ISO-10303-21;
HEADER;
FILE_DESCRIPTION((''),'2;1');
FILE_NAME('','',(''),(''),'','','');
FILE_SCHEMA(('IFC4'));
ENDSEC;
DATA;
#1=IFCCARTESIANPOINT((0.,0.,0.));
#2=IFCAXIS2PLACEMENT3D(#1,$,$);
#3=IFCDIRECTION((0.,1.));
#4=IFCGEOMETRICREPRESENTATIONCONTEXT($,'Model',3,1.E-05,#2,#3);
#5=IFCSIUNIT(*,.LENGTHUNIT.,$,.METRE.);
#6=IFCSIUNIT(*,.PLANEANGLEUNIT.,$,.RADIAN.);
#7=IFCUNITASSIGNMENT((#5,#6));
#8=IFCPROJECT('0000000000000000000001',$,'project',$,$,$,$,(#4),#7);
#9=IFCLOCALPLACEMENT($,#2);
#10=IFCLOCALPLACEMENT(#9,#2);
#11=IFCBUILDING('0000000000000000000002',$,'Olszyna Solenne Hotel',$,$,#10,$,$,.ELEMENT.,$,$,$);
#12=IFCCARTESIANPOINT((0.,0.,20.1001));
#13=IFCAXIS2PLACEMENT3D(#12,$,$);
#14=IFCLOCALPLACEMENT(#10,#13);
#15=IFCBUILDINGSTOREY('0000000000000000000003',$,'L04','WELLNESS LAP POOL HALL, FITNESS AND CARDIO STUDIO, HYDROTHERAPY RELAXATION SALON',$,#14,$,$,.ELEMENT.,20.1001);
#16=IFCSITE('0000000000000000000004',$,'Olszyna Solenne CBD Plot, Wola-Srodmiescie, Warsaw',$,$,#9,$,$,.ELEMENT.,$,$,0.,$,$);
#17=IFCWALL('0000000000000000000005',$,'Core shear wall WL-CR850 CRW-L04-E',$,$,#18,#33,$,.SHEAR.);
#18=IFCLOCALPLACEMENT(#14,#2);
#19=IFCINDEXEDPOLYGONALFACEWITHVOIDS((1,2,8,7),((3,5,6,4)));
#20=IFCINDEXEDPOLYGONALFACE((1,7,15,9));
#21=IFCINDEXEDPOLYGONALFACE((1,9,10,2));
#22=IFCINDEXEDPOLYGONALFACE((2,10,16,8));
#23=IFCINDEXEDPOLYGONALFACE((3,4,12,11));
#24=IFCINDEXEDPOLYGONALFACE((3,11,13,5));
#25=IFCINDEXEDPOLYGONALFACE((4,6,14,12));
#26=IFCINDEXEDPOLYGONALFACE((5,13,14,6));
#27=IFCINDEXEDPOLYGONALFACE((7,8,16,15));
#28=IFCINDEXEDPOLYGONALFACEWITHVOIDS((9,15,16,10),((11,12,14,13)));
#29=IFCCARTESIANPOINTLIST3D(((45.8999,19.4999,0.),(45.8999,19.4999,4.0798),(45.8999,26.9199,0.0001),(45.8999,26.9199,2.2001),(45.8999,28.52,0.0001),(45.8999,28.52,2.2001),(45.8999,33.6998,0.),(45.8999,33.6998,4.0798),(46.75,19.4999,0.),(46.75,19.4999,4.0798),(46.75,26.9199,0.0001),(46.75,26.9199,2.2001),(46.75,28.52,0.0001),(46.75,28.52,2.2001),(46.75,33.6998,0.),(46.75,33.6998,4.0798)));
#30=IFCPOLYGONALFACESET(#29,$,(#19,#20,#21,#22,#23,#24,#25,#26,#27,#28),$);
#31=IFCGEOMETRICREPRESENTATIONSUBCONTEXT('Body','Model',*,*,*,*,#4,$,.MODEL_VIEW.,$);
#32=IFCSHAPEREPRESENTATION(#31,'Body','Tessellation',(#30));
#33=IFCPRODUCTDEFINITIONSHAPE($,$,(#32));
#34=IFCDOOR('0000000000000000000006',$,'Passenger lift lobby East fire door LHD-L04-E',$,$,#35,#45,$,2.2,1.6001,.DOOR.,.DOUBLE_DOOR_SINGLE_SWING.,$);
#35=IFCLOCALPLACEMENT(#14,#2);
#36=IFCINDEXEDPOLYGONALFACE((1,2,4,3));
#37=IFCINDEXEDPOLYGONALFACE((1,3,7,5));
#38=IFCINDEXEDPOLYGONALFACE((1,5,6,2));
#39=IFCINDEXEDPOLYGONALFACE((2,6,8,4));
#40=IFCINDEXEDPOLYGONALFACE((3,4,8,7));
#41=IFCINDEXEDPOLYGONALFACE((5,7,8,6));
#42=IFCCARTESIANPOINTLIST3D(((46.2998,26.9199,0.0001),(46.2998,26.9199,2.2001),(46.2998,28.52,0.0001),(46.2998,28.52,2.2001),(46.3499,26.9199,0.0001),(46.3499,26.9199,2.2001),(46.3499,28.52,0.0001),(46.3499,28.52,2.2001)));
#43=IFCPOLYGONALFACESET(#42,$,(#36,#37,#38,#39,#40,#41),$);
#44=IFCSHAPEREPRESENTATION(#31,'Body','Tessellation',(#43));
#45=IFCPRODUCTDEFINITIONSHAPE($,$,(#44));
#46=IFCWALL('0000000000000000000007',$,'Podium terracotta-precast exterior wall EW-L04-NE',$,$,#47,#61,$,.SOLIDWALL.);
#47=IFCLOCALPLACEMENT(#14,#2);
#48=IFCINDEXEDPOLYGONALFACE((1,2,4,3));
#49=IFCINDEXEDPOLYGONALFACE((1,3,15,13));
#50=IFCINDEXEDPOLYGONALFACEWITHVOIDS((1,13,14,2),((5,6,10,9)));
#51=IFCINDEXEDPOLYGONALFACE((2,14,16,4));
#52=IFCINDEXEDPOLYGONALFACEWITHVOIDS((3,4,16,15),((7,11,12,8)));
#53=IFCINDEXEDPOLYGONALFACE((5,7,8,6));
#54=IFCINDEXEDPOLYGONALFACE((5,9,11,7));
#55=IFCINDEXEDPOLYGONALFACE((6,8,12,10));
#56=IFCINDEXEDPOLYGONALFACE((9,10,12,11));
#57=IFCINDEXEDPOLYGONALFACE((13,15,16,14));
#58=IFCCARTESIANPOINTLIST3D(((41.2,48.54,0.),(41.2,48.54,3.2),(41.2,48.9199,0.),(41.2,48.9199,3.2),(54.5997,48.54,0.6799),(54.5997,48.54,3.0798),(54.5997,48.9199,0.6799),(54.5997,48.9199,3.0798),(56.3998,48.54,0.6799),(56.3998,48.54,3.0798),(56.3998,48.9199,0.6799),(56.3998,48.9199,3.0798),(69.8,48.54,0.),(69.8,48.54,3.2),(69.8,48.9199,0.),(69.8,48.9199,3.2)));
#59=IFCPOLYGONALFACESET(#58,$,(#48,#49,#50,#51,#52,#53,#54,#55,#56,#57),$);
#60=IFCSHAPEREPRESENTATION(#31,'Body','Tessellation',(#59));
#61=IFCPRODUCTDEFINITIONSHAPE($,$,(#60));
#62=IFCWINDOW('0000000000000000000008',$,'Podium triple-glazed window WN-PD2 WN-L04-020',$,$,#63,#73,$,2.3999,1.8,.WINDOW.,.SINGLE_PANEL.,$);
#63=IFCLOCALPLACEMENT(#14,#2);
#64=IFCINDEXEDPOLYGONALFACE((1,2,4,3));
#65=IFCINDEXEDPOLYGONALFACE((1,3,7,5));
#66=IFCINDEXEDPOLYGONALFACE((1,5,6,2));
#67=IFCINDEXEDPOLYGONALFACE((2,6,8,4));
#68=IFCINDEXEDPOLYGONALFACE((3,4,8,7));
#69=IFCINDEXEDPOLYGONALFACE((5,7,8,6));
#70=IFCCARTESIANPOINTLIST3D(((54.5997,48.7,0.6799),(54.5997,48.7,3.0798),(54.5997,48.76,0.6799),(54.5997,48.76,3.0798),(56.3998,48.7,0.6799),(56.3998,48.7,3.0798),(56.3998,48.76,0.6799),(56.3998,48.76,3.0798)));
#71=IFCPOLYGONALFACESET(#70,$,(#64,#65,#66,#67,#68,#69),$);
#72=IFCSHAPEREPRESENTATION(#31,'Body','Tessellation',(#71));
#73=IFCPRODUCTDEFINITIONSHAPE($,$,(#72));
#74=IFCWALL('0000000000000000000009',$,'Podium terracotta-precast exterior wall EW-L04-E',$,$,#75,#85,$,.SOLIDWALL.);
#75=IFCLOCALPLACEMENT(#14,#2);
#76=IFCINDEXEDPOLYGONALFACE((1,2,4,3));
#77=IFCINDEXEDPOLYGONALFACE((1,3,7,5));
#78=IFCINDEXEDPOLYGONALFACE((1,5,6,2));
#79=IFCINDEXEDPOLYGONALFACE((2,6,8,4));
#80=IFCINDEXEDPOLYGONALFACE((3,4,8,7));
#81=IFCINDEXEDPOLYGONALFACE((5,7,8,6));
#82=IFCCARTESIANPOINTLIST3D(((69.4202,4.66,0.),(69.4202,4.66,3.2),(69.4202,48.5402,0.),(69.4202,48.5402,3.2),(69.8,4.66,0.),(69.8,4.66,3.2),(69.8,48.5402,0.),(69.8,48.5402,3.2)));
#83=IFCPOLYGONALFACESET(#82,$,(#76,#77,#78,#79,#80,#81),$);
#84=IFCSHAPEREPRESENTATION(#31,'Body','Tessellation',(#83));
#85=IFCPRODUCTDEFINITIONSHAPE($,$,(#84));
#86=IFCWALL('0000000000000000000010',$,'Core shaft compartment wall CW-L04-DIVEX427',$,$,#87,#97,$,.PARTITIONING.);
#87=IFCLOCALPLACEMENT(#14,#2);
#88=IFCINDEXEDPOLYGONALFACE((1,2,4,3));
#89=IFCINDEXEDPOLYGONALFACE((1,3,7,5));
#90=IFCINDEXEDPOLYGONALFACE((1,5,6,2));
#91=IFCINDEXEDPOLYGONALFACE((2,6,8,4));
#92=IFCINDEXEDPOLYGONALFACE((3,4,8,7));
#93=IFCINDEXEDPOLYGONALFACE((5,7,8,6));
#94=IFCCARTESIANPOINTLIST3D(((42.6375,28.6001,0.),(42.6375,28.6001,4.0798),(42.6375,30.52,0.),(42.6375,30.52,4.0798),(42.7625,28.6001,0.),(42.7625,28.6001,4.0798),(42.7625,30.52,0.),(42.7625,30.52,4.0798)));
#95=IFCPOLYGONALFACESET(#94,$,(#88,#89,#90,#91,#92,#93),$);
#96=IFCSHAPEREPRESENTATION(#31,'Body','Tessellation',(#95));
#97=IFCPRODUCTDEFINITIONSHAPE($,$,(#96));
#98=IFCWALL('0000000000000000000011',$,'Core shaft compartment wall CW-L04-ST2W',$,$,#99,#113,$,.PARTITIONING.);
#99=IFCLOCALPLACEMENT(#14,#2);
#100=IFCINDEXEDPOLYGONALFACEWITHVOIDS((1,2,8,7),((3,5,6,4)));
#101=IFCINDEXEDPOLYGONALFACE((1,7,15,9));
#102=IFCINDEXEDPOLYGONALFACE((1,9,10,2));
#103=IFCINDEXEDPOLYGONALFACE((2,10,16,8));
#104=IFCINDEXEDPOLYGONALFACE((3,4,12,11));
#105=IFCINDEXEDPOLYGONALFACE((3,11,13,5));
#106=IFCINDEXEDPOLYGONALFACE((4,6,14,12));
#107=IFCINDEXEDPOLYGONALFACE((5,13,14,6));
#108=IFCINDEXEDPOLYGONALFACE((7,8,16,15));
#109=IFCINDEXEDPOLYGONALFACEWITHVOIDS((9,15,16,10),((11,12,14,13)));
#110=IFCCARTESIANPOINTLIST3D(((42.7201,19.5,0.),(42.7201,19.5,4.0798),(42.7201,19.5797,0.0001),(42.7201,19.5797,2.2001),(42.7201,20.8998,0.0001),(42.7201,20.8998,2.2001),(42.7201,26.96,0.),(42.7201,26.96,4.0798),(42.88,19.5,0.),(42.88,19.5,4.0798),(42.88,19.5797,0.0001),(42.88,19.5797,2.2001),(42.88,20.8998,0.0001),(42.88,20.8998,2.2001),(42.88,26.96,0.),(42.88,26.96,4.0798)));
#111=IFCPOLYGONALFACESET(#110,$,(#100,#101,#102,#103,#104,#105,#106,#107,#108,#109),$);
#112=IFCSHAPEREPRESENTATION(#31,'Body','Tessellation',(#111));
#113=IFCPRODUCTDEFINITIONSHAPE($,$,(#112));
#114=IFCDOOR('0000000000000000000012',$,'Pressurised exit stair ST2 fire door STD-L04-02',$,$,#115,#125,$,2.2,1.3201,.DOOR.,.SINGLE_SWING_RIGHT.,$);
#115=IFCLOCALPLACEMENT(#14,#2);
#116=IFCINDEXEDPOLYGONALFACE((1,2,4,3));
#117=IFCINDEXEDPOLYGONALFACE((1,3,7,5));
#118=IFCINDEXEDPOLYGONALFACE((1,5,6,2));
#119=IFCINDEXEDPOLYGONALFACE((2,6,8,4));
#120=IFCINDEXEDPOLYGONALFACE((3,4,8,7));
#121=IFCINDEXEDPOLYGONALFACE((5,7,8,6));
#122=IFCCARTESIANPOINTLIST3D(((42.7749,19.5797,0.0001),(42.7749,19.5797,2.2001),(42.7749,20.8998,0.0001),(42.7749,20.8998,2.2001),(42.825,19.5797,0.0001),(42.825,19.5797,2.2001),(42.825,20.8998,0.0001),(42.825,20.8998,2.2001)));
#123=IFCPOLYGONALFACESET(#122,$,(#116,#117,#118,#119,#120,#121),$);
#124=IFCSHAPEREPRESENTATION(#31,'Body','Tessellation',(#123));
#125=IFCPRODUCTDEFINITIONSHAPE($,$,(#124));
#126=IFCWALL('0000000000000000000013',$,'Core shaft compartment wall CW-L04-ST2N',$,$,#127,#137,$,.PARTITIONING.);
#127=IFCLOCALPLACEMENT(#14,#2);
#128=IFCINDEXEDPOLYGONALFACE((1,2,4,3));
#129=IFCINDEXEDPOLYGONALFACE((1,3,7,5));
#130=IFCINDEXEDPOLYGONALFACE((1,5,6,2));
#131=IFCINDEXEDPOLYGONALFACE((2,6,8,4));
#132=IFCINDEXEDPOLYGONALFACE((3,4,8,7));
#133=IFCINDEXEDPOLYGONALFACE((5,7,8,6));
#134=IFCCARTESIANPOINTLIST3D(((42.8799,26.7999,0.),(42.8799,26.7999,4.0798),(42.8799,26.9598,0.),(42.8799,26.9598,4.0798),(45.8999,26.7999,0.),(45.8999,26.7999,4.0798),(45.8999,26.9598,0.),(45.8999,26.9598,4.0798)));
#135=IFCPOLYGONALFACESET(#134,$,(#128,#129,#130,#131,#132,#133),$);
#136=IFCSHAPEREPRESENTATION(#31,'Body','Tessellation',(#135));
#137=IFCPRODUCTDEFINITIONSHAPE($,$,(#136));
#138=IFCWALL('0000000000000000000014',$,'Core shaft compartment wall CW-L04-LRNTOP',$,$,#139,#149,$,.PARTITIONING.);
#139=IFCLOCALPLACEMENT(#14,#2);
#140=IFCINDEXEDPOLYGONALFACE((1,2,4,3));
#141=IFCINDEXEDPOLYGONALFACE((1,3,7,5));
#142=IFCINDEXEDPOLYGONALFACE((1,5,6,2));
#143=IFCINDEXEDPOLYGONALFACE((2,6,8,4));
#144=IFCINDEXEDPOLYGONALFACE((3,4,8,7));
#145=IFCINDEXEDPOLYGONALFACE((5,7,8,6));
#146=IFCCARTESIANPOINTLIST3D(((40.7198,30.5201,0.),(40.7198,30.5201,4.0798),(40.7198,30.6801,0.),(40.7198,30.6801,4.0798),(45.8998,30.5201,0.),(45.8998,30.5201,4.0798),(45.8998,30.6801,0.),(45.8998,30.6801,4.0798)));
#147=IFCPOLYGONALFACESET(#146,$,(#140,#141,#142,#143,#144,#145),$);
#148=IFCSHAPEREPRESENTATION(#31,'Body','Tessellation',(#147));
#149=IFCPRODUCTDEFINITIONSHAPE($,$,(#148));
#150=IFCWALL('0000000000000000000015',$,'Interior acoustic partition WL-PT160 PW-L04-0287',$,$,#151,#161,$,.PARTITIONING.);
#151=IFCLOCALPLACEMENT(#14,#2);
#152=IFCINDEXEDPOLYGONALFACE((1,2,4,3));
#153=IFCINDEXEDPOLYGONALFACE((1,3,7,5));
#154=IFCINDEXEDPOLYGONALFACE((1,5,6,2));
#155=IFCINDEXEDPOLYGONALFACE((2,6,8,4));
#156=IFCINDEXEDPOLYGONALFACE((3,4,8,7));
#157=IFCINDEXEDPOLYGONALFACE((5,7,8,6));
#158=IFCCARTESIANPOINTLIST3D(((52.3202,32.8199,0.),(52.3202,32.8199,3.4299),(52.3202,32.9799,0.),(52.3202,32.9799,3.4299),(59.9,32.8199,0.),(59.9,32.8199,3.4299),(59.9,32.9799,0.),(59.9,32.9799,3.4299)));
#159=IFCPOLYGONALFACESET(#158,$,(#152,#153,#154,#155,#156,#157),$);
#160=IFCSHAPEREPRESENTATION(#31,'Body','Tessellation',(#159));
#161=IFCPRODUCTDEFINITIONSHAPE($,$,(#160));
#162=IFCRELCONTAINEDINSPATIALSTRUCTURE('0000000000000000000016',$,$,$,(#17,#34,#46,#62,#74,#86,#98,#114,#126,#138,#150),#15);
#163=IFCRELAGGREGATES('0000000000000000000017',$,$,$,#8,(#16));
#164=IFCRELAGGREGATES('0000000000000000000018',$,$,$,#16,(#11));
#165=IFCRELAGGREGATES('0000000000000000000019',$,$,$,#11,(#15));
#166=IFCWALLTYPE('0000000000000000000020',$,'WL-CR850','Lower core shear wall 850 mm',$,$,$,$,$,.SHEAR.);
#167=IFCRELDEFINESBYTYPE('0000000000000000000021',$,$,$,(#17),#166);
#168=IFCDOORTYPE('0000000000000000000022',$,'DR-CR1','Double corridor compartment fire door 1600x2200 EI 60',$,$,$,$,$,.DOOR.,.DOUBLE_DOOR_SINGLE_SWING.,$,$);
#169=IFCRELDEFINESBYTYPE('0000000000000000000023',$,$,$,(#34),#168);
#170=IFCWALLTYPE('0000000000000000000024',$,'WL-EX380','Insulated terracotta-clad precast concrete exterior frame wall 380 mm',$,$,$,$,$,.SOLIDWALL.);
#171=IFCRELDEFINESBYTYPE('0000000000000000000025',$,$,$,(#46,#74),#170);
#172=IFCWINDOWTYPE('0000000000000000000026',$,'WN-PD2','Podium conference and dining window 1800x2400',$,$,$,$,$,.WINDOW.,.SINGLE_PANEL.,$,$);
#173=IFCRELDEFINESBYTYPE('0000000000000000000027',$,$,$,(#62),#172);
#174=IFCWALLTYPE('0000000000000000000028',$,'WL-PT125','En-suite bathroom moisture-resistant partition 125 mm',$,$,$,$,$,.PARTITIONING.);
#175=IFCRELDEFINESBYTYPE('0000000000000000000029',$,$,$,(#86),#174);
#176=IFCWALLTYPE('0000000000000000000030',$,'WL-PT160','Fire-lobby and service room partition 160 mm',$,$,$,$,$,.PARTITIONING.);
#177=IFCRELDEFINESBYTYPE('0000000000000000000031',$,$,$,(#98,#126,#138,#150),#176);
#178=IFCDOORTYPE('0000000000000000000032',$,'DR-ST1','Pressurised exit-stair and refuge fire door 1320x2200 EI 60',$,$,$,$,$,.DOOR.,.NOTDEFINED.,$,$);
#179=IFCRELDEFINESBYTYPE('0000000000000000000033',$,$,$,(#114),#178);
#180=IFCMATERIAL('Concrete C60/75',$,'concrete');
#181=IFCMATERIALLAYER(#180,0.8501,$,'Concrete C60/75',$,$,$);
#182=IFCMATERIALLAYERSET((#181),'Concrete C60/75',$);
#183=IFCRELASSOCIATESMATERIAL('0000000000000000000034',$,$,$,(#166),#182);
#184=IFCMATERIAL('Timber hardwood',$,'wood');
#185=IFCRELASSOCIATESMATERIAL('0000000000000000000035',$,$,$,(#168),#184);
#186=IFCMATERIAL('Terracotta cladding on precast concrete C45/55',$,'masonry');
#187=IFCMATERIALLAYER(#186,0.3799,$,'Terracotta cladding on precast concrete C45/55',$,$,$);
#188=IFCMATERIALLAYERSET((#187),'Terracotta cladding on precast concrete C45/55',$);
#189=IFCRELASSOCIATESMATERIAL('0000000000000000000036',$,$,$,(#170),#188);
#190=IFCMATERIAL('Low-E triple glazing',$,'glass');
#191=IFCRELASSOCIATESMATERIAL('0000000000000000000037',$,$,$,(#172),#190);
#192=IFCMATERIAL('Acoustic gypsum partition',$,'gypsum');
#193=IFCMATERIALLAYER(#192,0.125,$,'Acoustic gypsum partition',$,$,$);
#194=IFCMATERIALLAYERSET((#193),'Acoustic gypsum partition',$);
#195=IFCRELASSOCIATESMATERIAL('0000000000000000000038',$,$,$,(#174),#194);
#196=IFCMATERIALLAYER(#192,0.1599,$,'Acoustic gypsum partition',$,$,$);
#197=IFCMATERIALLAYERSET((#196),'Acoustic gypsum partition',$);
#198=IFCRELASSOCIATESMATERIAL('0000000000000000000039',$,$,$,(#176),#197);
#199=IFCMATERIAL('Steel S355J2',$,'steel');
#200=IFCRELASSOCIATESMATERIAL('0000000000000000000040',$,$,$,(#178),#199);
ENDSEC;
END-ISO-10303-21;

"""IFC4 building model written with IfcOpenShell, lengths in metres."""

from ifc_helpers import new_model, si_unit, direction, frame, frame_2d, origin, place, context, subcontext, project, spatial, rectangle, extrude, source, transform, mapped, material, layer, layer_set, type_object, type_shapes, element, fill, save


model = new_model("IFC4")

# Units and contexts
model_context = context("Model", 3, precision=1e-05, world=origin(), true_north=direction((0.0, 1.0)))
body_context = subcontext(model_context, "Body", "Model", "MODEL_VIEW")
ifc_project = project(units=[si_unit("LENGTHUNIT", "METRE"), si_unit("PLANEANGLEUNIT", "RADIAN")], contexts=[model_context])

# Site, building, storey
site_placement = place(None, origin())
site = spatial("IfcSite", under=ifc_project, at=site_placement, Name="Olszyna Solenne CBD Plot, Wola-Srodmiescie, Warsaw", CompositionType="ELEMENT", RefElevation=0.0)
building_placement = place(site_placement, origin())
building = spatial("IfcBuilding", under=site, at=building_placement, Name="Olszyna Solenne Hotel", CompositionType="ELEMENT")
storey_placement = place(building_placement, frame((0.0, 0.0, 20.1001)))
storey = spatial("IfcBuildingStorey", under=building, at=storey_placement, Name="L04", Description="WELLNESS LAP POOL HALL, FITNESS AND CARDIO STUDIO, HYDROTHERAPY RELAXATION SALON", CompositionType="ELEMENT", Elevation=20.1001)

# Shared definitions
ifc_material_1 = material(Name="Concrete C60/75", Category="concrete")

# Shared definitions
ifc_material_2 = material(Name="Steel S355J2", Category="steel")

# Wall, opening, door
ifc_layer_1 = layer(ifc_material_1, 0.8501, Name="Concrete C60/75")
ifc_layer_set_1 = layer_set([ifc_layer_1], Name="Concrete C60/75")
wall_type_1 = type_object("IfcWallType", Name="WL-CR850", Description="Lower core shear wall 850 mm", PredefinedType="SHEAR", material=ifc_layer_set_1)
wall_1_placement = place(storey_placement, frame((46.325, 33.7, 0.0), z_axis=(0.0, 0.0, 1.0), x_axis=(0.0, -1.0, 0.0)))
wall_1 = element("IfcWall", 1, at=wall_1_placement, inside=storey, type_object=wall_type_1, Name="Core shear wall WL-CR850 CRW-L04-E", PredefinedType="SHEAR", context=body_context, shape_type="SweptSolid", body=[
    extrude(rectangle(XDim=14.2, YDim=0.8501, at=frame_2d((7.1001, 0.0))), origin(), (0.0, 0.0, 1.0), 4.0798),
])
opening_1_placement = place(wall_1_placement, frame((5.1799, 0.0, 0.0)))
opening_1 = element("IfcOpeningElement", 2, at=opening_1_placement, cuts=wall_1, PredefinedType="OPENING", context=body_context, shape_type="SweptSolid", body=[
    extrude(rectangle(XDim=1.6001, YDim=2.2, at=frame_2d((0.8, 1.1001))), frame((0.0, 0.4351, 0.0), z_axis=(0.0, -1.0, 0.0), x_axis=(1.0, 0.0, 0.0)), (0.0, 0.0, 1.0), 0.8701),
])
ifc_material_3 = material(Name="Timber hardwood", Category="wood")
door_type_1 = type_object("IfcDoorType", Name="DR-CR1", Description="Double corridor compartment fire door 1600x2200 EI 60", OperationType="DOUBLE_DOOR_SINGLE_SWING", PredefinedType="DOOR", material=ifc_material_3)
shared_shape_1 = source(origin(), body_context, "Body", "SweptSolid", [
    extrude(rectangle(XDim=1.6001, YDim=2.2, at=frame_2d((0.8, 1.1001))), frame((0.0, 0.0249, 0.0), z_axis=(0.0, -1.0, 0.0), x_axis=(1.0, 0.0, 0.0)), (0.0, 0.0, 1.0), 0.05),
])
type_shapes(door_type_1, [shared_shape_1])
door_1_placement = place(opening_1_placement, origin())
door_1 = element("IfcDoor", 3, at=door_1_placement, inside=storey, type_object=door_type_1, Name="Passenger lift lobby East fire door LHD-L04-E", OperationType="DOUBLE_DOOR_SINGLE_SWING", OverallHeight=2.2, OverallWidth=1.6001, PredefinedType="DOOR", context=body_context, shape_type="MappedRepresentation", body=[
    mapped(shared_shape_1, transform((0.0, 0.0, 0.0), x_axis=(1.0, 0.0, 0.0), y_axis=(0.0, 1.0, 0.0), z_axis=(0.0, 0.0, 1.0), scale=1.0)),
])
fill(opening_1, door_1)

# Wall, opening, window
ifc_material_4 = material(Name="Terracotta cladding on precast concrete C45/55", Category="masonry")
ifc_layer_2 = layer(ifc_material_4, 0.3799, Name="Terracotta cladding on precast concrete C45/55")
ifc_layer_set_2 = layer_set([ifc_layer_2], Name="Terracotta cladding on precast concrete C45/55")
wall_type_2 = type_object("IfcWallType", Name="WL-EX380", Description="Insulated terracotta-clad precast concrete exterior frame wall 380 mm", PredefinedType="SOLIDWALL", material=ifc_layer_set_2)
wall_2_placement = place(storey_placement, frame((41.2, 48.73, 0.0), z_axis=(0.0, 0.0, 1.0), x_axis=(1.0, 0.0, 0.0)))
wall_2 = element("IfcWall", 4, at=wall_2_placement, inside=storey, type_object=wall_type_2, Name="Podium terracotta-precast exterior wall EW-L04-NE", PredefinedType="SOLIDWALL", context=body_context, shape_type="SweptSolid", body=[
    extrude(rectangle(XDim=28.6001, YDim=0.3799, at=frame_2d((14.3, 0.0))), origin(), (0.0, 0.0, 1.0), 3.2),
])
opening_2_placement = place(wall_2_placement, frame((13.3999, 0.0, 0.6799)))
opening_2 = element("IfcOpeningElement", 5, at=opening_2_placement, cuts=wall_2, PredefinedType="OPENING", context=body_context, shape_type="SweptSolid", body=[
    extrude(rectangle(XDim=1.8, YDim=2.3999, at=frame_2d((0.8999, 1.2))), frame((0.0, 0.2, 0.0), z_axis=(0.0, -1.0, 0.0), x_axis=(1.0, 0.0, 0.0)), (0.0, 0.0, 1.0), 0.3999),
])
ifc_material_5 = material(Name="Low-E triple glazing", Category="glass")
window_type = type_object("IfcWindowType", Name="WN-PD2", Description="Podium conference and dining window 1800x2400", PartitioningType="SINGLE_PANEL", PredefinedType="WINDOW", material=ifc_material_5)
shared_shape_2 = source(origin(), body_context, "Body", "SweptSolid", [
    extrude(rectangle(XDim=1.8, YDim=2.3999, at=frame_2d((0.8999, 1.2))), frame((0.0, 0.03, 0.0), z_axis=(0.0, -1.0, 0.0), x_axis=(1.0, 0.0, 0.0)), (0.0, 0.0, 1.0), 0.0601),
])
type_shapes(window_type, [shared_shape_2])
window_placement = place(opening_2_placement, origin())
window = element("IfcWindow", 6, at=window_placement, inside=storey, type_object=window_type, Name="Podium triple-glazed window WN-PD2 WN-L04-020", OverallHeight=2.3999, OverallWidth=1.8, PartitioningType="SINGLE_PANEL", PredefinedType="WINDOW", context=body_context, shape_type="MappedRepresentation", body=[
    mapped(shared_shape_2, transform((0.0, 0.0, 0.0), x_axis=(1.0, 0.0, 0.0), y_axis=(0.0, 1.0, 0.0), z_axis=(0.0, 0.0, 1.0), scale=1.0)),
])
fill(opening_2, window)

# Walls
wall_3_placement = place(storey_placement, frame((69.6101, 48.54, 0.0), z_axis=(0.0, 0.0, 1.0), x_axis=(0.0, -1.0, 0.0)))
element("IfcWall", 7, at=wall_3_placement, inside=storey, type_object=wall_type_2, Name="Podium terracotta-precast exterior wall EW-L04-E", PredefinedType="SOLIDWALL", context=body_context, shape_type="SweptSolid", body=[
    extrude(rectangle(XDim=43.8801, YDim=0.3799, at=frame_2d((21.9399, 0.0))), origin(), (0.0, 0.0, 1.0), 3.2),
])
ifc_material_6 = material(Name="Acoustic gypsum partition", Category="gypsum")
ifc_layer_3 = layer(ifc_material_6, 0.125, Name="Acoustic gypsum partition")
ifc_layer_set_3 = layer_set([ifc_layer_3], Name="Acoustic gypsum partition")
wall_type_3 = type_object("IfcWallType", Name="WL-PT125", Description="En-suite bathroom moisture-resistant partition 125 mm", PredefinedType="PARTITIONING", material=ifc_layer_set_3)
wall_4_placement = place(storey_placement, frame((42.7, 28.6001, 0.0), z_axis=(0.0, 0.0, 1.0), x_axis=(0.0, 1.0, 0.0)))
element("IfcWall", 8, at=wall_4_placement, inside=storey, type_object=wall_type_3, Name="Core shaft compartment wall CW-L04-DIVEX427", PredefinedType="PARTITIONING", context=body_context, shape_type="SweptSolid", body=[
    extrude(rectangle(XDim=1.9199, YDim=0.125, at=frame_2d((0.96, 0.0))), origin(), (0.0, 0.0, 1.0), 4.0798),
])

# Wall, opening, door
ifc_layer_4 = layer(ifc_material_6, 0.1599, Name="Acoustic gypsum partition")
ifc_layer_set_4 = layer_set([ifc_layer_4], Name="Acoustic gypsum partition")
wall_type_4 = type_object("IfcWallType", Name="WL-PT160", Description="Fire-lobby and service room partition 160 mm", PredefinedType="PARTITIONING", material=ifc_layer_set_4)
wall_5_placement = place(storey_placement, frame((42.8, 26.96, 0.0), z_axis=(0.0, 0.0, 1.0), x_axis=(0.0, -1.0, 0.0)))
wall_5 = element("IfcWall", 9, at=wall_5_placement, inside=storey, type_object=wall_type_4, Name="Core shaft compartment wall CW-L04-ST2W", PredefinedType="PARTITIONING", context=body_context, shape_type="SweptSolid", body=[
    extrude(rectangle(XDim=7.46, YDim=0.1599, at=frame_2d((3.73, 0.0))), origin(), (0.0, 0.0, 1.0), 4.0798),
])
opening_3_placement = place(wall_5_placement, frame((6.0601, 0.0, 0.0)))
opening_3 = element("IfcOpeningElement", 10, at=opening_3_placement, cuts=wall_5, PredefinedType="OPENING", context=body_context, shape_type="SweptSolid", body=[
    extrude(rectangle(XDim=1.3201, YDim=2.2, at=frame_2d((0.6602, 1.1001))), frame((0.0, 0.0898, 0.0), z_axis=(0.0, -1.0, 0.0), x_axis=(1.0, 0.0, 0.0)), (0.0, 0.0, 1.0), 0.1799),
])
door_type_2 = type_object("IfcDoorType", Name="DR-ST1", Description="Pressurised exit-stair and refuge fire door 1320x2200 EI 60", OperationType="NOTDEFINED", PredefinedType="DOOR", material=ifc_material_2)
shared_shape_3 = source(origin(), body_context, "Body", "SweptSolid", [
    extrude(rectangle(XDim=1.3201, YDim=2.2, at=frame_2d((0.6602, 1.1001))), frame((0.0, 0.0249, 0.0), z_axis=(0.0, -1.0, 0.0), x_axis=(1.0, 0.0, 0.0)), (0.0, 0.0, 1.0), 0.05),
])
type_shapes(door_type_2, [shared_shape_3])
door_2_placement = place(opening_3_placement, origin())
door_2 = element("IfcDoor", 11, at=door_2_placement, inside=storey, type_object=door_type_2, Name="Pressurised exit stair ST2 fire door STD-L04-02", OperationType="SINGLE_SWING_RIGHT", OverallHeight=2.2, OverallWidth=1.3201, PredefinedType="DOOR", context=body_context, shape_type="MappedRepresentation", body=[
    mapped(shared_shape_3, transform((0.0, 0.0, 0.0), x_axis=(1.0, 0.0, 0.0), y_axis=(0.0, 1.0, 0.0), z_axis=(0.0, 0.0, 1.0), scale=1.0)),
])
fill(opening_3, door_2)

# Walls
wall_6_placement = place(storey_placement, frame((42.8799, 26.8799, 0.0), z_axis=(0.0, 0.0, 1.0), x_axis=(1.0, 0.0, 0.0)))
element("IfcWall", 12, at=wall_6_placement, inside=storey, type_object=wall_type_4, Name="Core shaft compartment wall CW-L04-ST2N", PredefinedType="PARTITIONING", context=body_context, shape_type="SweptSolid", body=[
    extrude(rectangle(XDim=3.02, YDim=0.1599, at=frame_2d((1.51, 0.0))), origin(), (0.0, 0.0, 1.0), 4.0798),
])
wall_7_placement = place(storey_placement, frame((40.72, 30.6001, 0.0), z_axis=(0.0, 0.0, 1.0), x_axis=(1.0, 0.0, 0.0)))
element("IfcWall", 13, at=wall_7_placement, inside=storey, type_object=wall_type_4, Name="Core shaft compartment wall CW-L04-LRNTOP", PredefinedType="PARTITIONING", context=body_context, shape_type="SweptSolid", body=[
    extrude(rectangle(XDim=5.1799, YDim=0.1599, at=frame_2d((2.5898, 0.0))), origin(), (0.0, 0.0, 1.0), 4.0798),
])
wall_8_placement = place(storey_placement, frame((52.3201, 32.8999, 0.0), z_axis=(0.0, 0.0, 1.0), x_axis=(1.0, 0.0, 0.0)))
element("IfcWall", 14, at=wall_8_placement, inside=storey, type_object=wall_type_4, Name="Interior acoustic partition WL-PT160 PW-L04-0287", PredefinedType="PARTITIONING", context=body_context, shape_type="SweptSolid", body=[
    extrude(rectangle(XDim=7.5798, YDim=0.1599, at=frame_2d((3.79, 0.0))), origin(), (0.0, 0.0, 1.0), 3.4299),
])

save(model, "model.ifc")
